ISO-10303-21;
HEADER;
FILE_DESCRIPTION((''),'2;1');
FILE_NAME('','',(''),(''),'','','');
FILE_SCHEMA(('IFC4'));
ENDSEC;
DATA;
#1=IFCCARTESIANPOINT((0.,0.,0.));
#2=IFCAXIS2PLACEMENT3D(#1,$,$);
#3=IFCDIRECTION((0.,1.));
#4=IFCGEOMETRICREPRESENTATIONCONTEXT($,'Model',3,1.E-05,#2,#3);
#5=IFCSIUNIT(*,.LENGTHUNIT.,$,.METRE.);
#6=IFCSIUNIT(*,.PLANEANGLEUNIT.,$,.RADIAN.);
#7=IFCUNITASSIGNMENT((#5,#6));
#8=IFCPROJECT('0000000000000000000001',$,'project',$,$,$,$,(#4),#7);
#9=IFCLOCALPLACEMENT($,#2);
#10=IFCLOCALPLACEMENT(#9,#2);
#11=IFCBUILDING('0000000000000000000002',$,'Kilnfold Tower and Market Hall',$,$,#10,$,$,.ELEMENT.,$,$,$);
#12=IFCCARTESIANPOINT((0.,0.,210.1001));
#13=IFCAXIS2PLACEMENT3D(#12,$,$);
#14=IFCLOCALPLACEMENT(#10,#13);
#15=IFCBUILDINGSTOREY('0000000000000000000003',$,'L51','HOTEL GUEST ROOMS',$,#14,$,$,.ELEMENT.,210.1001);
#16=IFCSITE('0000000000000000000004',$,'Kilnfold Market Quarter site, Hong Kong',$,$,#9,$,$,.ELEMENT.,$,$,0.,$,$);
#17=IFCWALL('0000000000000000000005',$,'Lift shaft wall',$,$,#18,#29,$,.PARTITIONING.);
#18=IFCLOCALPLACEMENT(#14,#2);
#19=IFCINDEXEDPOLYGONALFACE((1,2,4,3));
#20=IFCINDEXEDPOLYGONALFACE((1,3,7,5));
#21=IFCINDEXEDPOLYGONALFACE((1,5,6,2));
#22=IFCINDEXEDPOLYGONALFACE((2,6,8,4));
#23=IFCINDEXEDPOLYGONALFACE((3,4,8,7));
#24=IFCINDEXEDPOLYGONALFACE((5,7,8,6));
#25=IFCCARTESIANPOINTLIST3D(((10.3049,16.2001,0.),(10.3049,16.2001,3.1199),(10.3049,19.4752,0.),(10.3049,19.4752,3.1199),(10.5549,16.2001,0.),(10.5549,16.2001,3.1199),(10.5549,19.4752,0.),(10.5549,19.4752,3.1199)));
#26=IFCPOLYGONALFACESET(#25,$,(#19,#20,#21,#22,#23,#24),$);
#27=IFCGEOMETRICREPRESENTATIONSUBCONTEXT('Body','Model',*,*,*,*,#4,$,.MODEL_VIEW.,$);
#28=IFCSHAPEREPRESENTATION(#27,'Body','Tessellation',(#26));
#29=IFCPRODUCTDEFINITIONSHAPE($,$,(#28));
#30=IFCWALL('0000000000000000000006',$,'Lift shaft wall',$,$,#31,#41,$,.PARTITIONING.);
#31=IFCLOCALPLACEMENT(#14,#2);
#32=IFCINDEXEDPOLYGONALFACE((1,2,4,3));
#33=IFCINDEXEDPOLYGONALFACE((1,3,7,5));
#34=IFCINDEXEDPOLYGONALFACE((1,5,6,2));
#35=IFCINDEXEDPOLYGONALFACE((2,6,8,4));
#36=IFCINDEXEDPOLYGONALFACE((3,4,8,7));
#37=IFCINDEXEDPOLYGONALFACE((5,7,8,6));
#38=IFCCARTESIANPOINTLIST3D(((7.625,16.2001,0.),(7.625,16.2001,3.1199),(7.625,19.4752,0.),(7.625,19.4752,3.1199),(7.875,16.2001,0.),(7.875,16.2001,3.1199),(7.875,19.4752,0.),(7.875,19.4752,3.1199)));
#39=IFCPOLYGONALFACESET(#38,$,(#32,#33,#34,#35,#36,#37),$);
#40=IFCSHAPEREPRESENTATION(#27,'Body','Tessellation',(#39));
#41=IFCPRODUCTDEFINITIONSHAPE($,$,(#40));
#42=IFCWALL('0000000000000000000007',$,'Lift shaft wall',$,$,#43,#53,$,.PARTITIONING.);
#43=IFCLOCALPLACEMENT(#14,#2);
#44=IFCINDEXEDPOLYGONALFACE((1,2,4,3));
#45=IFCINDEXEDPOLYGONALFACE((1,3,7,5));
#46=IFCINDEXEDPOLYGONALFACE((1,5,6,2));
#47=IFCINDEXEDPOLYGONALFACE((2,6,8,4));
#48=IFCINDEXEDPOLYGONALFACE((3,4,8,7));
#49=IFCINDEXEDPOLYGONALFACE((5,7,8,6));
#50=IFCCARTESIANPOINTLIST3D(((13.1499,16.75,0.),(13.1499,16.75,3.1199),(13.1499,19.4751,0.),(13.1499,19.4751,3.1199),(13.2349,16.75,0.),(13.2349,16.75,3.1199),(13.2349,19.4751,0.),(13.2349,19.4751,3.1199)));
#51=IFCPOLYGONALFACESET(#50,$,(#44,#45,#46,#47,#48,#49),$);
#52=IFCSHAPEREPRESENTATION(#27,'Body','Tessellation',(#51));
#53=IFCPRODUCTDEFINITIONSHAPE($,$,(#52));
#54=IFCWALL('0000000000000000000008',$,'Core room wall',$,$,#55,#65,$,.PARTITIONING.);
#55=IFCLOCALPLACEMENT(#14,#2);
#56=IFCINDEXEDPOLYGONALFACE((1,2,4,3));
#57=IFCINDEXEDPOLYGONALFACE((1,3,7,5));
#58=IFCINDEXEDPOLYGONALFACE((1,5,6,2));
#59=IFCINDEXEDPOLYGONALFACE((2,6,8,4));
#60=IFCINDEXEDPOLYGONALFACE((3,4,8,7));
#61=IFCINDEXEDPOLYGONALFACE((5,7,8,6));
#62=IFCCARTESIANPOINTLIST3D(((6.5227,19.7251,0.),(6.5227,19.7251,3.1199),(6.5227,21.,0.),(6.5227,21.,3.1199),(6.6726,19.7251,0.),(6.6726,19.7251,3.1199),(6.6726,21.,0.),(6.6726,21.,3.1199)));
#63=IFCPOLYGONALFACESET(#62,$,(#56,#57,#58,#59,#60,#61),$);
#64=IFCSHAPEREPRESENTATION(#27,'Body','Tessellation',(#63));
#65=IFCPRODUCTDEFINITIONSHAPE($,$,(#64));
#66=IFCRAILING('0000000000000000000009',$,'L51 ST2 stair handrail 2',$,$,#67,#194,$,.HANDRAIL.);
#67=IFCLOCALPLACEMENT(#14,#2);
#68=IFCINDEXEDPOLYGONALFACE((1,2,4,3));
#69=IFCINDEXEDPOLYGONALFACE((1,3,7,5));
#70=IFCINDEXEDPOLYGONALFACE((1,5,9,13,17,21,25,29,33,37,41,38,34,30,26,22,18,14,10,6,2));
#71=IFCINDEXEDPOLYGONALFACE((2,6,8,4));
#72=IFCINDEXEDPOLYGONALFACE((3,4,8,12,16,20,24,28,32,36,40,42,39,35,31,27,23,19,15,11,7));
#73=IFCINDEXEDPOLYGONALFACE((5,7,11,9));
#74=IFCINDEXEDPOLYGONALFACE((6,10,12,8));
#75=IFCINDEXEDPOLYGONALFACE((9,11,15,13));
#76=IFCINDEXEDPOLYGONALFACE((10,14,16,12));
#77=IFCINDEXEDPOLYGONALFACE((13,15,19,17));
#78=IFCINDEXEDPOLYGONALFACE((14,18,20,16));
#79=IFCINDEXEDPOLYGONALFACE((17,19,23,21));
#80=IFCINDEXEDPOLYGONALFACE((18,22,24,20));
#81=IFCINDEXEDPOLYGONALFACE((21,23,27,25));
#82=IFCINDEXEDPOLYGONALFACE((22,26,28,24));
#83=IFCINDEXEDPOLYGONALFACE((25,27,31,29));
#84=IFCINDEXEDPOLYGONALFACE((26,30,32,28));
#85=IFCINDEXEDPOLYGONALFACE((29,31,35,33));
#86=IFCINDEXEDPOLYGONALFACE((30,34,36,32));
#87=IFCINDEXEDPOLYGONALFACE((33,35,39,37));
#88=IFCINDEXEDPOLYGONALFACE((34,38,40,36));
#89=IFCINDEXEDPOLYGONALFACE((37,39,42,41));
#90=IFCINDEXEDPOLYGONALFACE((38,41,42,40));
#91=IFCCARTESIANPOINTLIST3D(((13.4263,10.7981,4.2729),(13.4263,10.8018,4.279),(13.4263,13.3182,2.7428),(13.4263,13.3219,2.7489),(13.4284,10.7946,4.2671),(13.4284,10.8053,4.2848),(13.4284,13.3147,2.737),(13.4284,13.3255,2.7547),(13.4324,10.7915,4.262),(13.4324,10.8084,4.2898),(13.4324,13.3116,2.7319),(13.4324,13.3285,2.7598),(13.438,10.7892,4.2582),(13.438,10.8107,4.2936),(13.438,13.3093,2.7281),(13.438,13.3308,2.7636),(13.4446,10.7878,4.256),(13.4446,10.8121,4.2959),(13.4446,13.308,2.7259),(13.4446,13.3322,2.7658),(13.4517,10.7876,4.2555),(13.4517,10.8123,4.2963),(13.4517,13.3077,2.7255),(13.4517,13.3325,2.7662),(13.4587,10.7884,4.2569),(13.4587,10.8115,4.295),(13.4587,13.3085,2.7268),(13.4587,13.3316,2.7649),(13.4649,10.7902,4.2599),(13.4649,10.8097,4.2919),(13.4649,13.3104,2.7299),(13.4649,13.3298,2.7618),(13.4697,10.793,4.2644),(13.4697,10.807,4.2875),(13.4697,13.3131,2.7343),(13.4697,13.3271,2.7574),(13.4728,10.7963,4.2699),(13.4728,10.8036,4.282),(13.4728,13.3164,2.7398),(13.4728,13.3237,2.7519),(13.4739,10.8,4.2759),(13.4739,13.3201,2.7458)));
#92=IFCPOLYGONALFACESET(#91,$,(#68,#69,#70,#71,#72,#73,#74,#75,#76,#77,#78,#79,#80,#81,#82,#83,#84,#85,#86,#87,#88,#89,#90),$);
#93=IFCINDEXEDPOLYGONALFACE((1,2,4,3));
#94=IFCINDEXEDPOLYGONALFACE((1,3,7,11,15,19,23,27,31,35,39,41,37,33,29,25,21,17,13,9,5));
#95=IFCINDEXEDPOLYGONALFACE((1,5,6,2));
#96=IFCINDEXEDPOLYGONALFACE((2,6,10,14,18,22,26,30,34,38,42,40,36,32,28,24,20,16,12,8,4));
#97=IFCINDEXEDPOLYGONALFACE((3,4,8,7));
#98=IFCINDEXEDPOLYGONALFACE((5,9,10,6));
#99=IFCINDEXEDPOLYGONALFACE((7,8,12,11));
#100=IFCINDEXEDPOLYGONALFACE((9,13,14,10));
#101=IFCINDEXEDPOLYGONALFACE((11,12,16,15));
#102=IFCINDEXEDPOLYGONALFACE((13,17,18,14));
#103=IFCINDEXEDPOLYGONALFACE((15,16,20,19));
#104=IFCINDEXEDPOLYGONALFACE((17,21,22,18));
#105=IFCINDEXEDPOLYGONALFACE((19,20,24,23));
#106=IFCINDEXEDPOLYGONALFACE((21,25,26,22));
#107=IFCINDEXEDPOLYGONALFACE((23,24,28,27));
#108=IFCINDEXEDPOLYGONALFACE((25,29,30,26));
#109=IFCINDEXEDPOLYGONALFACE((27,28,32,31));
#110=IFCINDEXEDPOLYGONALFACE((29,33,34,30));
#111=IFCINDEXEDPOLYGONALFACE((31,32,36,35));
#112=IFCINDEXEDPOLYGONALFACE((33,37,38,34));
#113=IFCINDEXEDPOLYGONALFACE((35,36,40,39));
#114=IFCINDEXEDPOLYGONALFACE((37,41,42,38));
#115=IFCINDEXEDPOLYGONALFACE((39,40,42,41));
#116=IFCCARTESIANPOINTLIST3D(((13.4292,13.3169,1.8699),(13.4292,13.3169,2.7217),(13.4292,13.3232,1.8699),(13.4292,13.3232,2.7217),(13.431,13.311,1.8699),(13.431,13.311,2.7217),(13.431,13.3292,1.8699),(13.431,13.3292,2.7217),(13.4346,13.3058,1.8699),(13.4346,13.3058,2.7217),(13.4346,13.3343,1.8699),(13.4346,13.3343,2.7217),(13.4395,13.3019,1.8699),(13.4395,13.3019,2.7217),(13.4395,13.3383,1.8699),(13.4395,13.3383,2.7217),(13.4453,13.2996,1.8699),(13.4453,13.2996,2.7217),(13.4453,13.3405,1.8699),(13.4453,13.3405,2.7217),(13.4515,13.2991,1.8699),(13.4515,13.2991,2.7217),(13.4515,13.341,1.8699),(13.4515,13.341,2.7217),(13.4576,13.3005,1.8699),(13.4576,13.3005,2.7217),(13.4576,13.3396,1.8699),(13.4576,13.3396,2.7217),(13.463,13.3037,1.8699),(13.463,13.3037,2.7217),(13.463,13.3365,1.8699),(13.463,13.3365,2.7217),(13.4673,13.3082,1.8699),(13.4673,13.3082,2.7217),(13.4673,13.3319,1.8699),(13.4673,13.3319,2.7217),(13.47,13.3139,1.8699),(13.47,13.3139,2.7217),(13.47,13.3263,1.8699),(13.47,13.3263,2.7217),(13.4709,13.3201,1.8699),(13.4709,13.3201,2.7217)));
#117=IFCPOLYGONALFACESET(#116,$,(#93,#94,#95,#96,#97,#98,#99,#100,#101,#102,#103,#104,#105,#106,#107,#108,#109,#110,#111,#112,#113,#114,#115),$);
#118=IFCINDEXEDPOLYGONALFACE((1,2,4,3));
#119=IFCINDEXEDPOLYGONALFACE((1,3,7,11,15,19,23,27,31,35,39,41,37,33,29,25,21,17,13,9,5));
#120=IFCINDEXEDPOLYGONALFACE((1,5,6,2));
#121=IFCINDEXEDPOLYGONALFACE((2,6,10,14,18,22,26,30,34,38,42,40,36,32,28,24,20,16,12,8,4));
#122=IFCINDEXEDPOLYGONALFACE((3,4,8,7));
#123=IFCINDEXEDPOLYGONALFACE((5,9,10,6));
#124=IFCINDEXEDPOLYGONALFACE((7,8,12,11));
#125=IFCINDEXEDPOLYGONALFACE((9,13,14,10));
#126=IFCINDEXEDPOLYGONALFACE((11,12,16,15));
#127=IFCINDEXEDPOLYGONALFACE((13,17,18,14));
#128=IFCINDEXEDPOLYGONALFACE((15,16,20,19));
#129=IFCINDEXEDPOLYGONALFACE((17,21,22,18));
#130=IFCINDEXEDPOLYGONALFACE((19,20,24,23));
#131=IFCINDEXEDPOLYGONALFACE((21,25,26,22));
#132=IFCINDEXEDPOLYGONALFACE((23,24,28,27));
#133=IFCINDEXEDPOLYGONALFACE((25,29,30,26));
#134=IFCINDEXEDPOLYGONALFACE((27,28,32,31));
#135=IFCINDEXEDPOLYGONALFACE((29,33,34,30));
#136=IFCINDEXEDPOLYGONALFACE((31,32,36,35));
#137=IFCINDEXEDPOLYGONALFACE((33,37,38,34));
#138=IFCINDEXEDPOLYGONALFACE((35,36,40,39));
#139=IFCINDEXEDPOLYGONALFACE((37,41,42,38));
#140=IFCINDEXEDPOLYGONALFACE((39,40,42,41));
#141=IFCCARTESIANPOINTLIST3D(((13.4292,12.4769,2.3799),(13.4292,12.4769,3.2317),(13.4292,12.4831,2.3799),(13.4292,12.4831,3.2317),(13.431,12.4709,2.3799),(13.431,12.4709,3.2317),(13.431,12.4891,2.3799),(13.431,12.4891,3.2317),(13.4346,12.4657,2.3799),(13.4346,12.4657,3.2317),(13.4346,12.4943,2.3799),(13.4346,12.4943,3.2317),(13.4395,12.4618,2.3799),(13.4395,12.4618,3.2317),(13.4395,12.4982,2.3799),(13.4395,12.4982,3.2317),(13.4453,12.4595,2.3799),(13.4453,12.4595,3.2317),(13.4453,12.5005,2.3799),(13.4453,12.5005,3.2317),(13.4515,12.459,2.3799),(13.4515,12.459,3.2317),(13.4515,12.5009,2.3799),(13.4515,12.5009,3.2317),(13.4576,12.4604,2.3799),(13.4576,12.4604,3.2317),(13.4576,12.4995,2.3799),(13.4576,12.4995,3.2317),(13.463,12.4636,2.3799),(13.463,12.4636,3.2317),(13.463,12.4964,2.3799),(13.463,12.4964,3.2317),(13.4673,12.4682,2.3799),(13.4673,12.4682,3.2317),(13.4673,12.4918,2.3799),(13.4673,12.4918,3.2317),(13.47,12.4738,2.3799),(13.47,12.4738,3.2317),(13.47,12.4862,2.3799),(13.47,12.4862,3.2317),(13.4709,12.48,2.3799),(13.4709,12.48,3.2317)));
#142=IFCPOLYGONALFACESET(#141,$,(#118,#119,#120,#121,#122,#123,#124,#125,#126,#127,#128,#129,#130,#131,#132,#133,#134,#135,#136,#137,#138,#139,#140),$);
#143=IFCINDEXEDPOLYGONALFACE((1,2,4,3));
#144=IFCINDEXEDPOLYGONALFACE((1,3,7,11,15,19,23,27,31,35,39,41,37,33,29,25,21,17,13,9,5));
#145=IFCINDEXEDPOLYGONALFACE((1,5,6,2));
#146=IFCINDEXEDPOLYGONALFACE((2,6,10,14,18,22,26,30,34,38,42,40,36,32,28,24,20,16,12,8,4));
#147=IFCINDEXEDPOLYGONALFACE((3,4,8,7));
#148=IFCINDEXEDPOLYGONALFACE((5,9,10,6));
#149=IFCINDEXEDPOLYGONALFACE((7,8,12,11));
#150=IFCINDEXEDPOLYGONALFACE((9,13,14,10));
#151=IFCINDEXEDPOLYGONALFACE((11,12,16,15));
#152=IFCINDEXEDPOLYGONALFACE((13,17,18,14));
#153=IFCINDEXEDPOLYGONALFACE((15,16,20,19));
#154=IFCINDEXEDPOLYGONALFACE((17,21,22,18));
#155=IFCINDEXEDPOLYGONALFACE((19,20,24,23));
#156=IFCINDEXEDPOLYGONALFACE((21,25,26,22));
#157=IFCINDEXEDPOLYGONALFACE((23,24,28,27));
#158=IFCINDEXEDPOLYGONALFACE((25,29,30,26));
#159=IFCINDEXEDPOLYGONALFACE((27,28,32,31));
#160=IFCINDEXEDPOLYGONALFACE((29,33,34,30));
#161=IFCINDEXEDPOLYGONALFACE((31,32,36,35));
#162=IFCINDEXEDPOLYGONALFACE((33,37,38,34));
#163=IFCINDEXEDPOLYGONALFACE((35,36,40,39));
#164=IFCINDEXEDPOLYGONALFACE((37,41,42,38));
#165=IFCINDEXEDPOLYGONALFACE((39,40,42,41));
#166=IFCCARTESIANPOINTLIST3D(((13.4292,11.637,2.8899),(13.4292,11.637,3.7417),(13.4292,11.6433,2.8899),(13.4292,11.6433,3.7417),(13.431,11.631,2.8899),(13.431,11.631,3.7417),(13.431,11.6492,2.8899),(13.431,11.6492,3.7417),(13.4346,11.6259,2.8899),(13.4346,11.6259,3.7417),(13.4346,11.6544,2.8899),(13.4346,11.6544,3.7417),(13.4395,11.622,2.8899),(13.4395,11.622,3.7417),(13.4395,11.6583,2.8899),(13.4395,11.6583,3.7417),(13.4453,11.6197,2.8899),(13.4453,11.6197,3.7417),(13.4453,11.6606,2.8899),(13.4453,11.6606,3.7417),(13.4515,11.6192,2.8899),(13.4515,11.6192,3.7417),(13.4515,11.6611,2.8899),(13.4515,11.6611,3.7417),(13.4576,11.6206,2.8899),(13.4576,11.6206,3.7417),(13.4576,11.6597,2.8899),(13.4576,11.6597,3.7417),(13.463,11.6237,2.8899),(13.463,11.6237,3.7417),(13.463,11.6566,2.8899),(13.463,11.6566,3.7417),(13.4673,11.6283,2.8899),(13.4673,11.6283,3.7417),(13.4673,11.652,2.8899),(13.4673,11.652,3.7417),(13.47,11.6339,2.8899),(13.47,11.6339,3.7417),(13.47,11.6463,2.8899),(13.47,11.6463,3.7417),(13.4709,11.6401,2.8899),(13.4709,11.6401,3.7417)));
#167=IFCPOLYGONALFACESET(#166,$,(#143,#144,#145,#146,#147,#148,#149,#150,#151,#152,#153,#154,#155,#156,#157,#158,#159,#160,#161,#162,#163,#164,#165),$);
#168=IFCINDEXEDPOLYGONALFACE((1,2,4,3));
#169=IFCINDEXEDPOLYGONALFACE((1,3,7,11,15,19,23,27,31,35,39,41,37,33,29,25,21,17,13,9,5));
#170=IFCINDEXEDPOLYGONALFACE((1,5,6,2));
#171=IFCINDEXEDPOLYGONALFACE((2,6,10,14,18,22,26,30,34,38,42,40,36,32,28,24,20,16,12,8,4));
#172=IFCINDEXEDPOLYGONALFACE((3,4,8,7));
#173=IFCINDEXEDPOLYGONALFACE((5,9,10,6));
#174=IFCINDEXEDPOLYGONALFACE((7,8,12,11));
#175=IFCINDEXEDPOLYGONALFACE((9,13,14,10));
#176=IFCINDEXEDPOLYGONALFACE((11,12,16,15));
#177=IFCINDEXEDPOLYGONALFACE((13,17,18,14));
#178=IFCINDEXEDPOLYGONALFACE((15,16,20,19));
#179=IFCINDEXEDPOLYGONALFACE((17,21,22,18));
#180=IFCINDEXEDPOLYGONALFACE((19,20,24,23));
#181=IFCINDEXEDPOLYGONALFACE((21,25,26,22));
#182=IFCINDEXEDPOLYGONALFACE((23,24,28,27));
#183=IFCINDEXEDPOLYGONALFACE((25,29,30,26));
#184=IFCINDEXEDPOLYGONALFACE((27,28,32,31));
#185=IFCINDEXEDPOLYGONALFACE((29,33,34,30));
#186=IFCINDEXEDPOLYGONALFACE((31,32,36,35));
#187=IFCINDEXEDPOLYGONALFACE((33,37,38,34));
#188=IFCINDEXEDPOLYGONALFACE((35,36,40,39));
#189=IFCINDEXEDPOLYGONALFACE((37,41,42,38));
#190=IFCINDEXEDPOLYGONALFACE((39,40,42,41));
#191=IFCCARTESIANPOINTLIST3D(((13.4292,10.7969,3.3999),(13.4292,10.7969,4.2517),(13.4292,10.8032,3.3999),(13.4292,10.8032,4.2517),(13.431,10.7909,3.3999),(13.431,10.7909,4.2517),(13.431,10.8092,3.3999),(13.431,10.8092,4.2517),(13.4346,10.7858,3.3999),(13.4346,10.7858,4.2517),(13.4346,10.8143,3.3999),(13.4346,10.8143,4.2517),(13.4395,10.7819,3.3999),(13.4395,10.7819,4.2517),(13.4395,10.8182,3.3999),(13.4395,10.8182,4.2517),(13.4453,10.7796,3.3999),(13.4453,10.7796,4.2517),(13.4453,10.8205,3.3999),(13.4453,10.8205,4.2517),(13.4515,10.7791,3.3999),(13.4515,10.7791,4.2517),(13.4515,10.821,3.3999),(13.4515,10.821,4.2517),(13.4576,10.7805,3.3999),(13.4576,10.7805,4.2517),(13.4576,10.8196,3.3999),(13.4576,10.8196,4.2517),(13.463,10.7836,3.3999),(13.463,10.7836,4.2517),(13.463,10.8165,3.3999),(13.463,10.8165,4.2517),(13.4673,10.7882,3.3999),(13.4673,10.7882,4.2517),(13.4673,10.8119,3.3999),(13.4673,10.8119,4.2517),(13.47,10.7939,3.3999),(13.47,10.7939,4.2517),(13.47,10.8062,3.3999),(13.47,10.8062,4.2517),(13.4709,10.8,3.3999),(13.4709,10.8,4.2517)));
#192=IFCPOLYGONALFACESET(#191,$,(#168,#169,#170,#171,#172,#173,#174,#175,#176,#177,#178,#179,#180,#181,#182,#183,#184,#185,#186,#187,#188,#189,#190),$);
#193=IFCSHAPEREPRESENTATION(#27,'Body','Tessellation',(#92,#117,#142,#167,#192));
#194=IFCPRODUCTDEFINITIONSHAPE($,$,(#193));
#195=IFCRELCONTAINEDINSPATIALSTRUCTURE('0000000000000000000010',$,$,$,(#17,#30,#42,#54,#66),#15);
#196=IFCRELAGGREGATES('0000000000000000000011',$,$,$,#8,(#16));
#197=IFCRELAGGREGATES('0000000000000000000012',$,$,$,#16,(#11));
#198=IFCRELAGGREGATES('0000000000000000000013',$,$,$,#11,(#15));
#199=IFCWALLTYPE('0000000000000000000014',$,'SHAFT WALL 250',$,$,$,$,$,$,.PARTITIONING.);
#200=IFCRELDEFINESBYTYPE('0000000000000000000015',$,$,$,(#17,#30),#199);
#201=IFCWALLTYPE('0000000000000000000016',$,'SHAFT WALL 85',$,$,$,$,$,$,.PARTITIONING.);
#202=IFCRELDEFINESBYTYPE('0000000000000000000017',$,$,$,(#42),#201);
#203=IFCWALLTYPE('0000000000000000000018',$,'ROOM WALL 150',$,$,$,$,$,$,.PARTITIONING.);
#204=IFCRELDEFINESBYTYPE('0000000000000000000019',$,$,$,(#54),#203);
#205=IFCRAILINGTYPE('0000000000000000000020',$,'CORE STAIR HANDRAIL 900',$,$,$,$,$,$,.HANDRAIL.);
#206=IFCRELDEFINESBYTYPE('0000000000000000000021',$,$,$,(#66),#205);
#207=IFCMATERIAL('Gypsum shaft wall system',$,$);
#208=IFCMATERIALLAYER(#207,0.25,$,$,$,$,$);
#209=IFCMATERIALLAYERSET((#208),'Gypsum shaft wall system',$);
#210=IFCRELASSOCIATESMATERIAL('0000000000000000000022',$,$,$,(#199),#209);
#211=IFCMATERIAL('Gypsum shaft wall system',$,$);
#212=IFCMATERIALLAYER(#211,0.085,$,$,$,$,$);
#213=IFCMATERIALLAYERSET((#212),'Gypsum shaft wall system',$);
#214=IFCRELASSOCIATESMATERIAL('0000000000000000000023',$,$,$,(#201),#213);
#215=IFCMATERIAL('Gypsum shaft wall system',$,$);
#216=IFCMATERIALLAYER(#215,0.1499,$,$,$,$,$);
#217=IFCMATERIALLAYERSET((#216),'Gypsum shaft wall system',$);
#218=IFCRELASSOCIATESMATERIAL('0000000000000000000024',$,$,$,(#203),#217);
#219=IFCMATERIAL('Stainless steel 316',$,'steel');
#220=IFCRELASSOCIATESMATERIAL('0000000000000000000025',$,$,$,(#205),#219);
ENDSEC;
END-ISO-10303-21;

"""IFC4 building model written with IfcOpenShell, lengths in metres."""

from ifc_helpers import new_model, si_unit, direction, frame, frame_2d, origin, origin_2d, place, context, subcontext, project, spatial, rectangle, circle, extrude, source, transform, mapped, material, layer, layer_set, type_object, element, save


model = new_model("IFC4")

# Units and contexts
model_context = context("Model", 3, precision=1e-05, world=origin(), true_north=direction((0.0, 1.0)))
body_context = subcontext(model_context, "Body", "Model", "MODEL_VIEW")
ifc_project = project(units=[si_unit("LENGTHUNIT", "METRE"), si_unit("PLANEANGLEUNIT", "RADIAN")], contexts=[model_context])

# Site, building, storey
site_placement = place(None, origin())
site = spatial("IfcSite", under=ifc_project, at=site_placement, Name="Kilnfold Market Quarter site, Hong Kong", CompositionType="ELEMENT", RefElevation=0.0)
building_placement = place(site_placement, origin())
building = spatial("IfcBuilding", under=site, at=building_placement, Name="Kilnfold Tower and Market Hall", CompositionType="ELEMENT")
storey_placement = place(building_placement, frame((0.0, 0.0, 210.1001)))
storey = spatial("IfcBuildingStorey", under=building, at=storey_placement, Name="L51", Description="HOTEL GUEST ROOMS", CompositionType="ELEMENT", Elevation=210.1001)

# Walls
ifc_material_1 = material(Name="Gypsum shaft wall system")
ifc_layer_1 = layer(ifc_material_1, 0.25)
ifc_layer_set_1 = layer_set([ifc_layer_1], Name="Gypsum shaft wall system")
wall_type_1 = type_object("IfcWallType", Name="SHAFT WALL 250", PredefinedType="PARTITIONING", material=ifc_layer_set_1)
shared_shape_1 = source(origin(), body_context, "Body", "SweptSolid", [
    extrude(rectangle(XDim=3.2751, YDim=0.25, at=frame_2d((1.6377, 0.0))), origin(), (0.0, 0.0, 1.0), 3.1199),
])
for number, where, z_axis, x_axis, name in (
    (1, (10.4299, 16.2, 0.0), (0.0, 0.0, 1.0), (0.0, 1.0, 0.0), "Lift shaft wall"),
    (2, (7.75, 16.2, 0.0), (0.0, 0.0, 1.0), (0.0, 1.0, 0.0), "Lift shaft wall"),
):
    element("IfcWall", number, at=place(storey_placement, frame(where, z_axis=z_axis, x_axis=x_axis)), inside=storey, type_object=wall_type_1, Name=name, PredefinedType="PARTITIONING", context=body_context, shape_type="MappedRepresentation", body=[
        mapped(shared_shape_1, transform((0.0, 0.0, 0.0))),
    ])
ifc_material_2 = material(Name="Gypsum shaft wall system")
ifc_layer_2 = layer(ifc_material_2, 0.085)
ifc_layer_set_2 = layer_set([ifc_layer_2], Name="Gypsum shaft wall system")
wall_type_2 = type_object("IfcWallType", Name="SHAFT WALL 85", PredefinedType="PARTITIONING", material=ifc_layer_set_2)
shared_shape_2 = source(origin(), body_context, "Body", "SweptSolid", [
    extrude(rectangle(XDim=2.7251, YDim=0.085, at=frame_2d((1.3625, 0.0))), origin(), (0.0, 0.0, 1.0), 3.1199),
])
wall_1_placement = place(storey_placement, frame((13.1924, 16.75, 0.0), z_axis=(0.0, 0.0, 1.0), x_axis=(0.0, 1.0, 0.0)))
element("IfcWall", 3, at=wall_1_placement, inside=storey, type_object=wall_type_2, Name="Lift shaft wall", PredefinedType="PARTITIONING", context=body_context, shape_type="MappedRepresentation", body=[
    mapped(shared_shape_2, transform((0.0, 0.0, 0.0))),
])
ifc_material_3 = material(Name="Gypsum shaft wall system")
ifc_layer_3 = layer(ifc_material_3, 0.1499)
ifc_layer_set_3 = layer_set([ifc_layer_3], Name="Gypsum shaft wall system")
wall_type_3 = type_object("IfcWallType", Name="ROOM WALL 150", PredefinedType="PARTITIONING", material=ifc_layer_set_3)
shared_shape_3 = source(origin(), body_context, "Body", "SweptSolid", [
    extrude(rectangle(XDim=1.2749, YDim=0.1499, at=frame_2d((0.6375, 0.0))), origin(), (0.0, 0.0, 1.0), 3.1199),
])
wall_2_placement = place(storey_placement, frame((6.5977, 19.7251, 0.0), z_axis=(0.0, 0.0, 1.0), x_axis=(0.0, 1.0, 0.0)))
element("IfcWall", 4, at=wall_2_placement, inside=storey, type_object=wall_type_3, Name="Core room wall", PredefinedType="PARTITIONING", context=body_context, shape_type="MappedRepresentation", body=[
    mapped(shared_shape_3, transform((0.0, 0.0, 0.0))),
])

# Railing
ifc_material_4 = material(Name="Stainless steel 316", Category="steel")
railing_type = type_object("IfcRailingType", Name="CORE STAIR HANDRAIL 900", PredefinedType="HANDRAIL", material=ifc_material_4)
railing_placement = place(storey_placement, frame((13.45, 13.3201, 1.8699)))
element("IfcRailing", 5, at=railing_placement, inside=storey, type_object=railing_type, Name="L51 ST2 stair handrail 2", PredefinedType="HANDRAIL", context=body_context, shape_type="SweptSolid", body=[
    extrude(circle(Radius=0.0239, at=origin_2d()), frame((0.0, 0.0, 0.876), z_axis=(0.0, -0.854785, 0.518982), x_axis=(1.0, 0.0, 0.0)), (0.0, 0.0, 1.0), 2.9482),
    extrude(circle(Radius=0.021, at=origin_2d()), origin(), (0.0, 0.0, 1.0), 0.8518),
    extrude(circle(Radius=0.021, at=origin_2d()), frame((0.0, -0.8401, 0.51)), (0.0, 0.0, 1.0), 0.8518),
    extrude(circle(Radius=0.021, at=origin_2d()), frame((0.0, -1.6799, 1.02)), (0.0, 0.0, 1.0), 0.8518),
    extrude(circle(Radius=0.021, at=origin_2d()), frame((0.0, -2.52, 1.53)), (0.0, 0.0, 1.0), 0.8518),
])

save(model, "model.ifc")
